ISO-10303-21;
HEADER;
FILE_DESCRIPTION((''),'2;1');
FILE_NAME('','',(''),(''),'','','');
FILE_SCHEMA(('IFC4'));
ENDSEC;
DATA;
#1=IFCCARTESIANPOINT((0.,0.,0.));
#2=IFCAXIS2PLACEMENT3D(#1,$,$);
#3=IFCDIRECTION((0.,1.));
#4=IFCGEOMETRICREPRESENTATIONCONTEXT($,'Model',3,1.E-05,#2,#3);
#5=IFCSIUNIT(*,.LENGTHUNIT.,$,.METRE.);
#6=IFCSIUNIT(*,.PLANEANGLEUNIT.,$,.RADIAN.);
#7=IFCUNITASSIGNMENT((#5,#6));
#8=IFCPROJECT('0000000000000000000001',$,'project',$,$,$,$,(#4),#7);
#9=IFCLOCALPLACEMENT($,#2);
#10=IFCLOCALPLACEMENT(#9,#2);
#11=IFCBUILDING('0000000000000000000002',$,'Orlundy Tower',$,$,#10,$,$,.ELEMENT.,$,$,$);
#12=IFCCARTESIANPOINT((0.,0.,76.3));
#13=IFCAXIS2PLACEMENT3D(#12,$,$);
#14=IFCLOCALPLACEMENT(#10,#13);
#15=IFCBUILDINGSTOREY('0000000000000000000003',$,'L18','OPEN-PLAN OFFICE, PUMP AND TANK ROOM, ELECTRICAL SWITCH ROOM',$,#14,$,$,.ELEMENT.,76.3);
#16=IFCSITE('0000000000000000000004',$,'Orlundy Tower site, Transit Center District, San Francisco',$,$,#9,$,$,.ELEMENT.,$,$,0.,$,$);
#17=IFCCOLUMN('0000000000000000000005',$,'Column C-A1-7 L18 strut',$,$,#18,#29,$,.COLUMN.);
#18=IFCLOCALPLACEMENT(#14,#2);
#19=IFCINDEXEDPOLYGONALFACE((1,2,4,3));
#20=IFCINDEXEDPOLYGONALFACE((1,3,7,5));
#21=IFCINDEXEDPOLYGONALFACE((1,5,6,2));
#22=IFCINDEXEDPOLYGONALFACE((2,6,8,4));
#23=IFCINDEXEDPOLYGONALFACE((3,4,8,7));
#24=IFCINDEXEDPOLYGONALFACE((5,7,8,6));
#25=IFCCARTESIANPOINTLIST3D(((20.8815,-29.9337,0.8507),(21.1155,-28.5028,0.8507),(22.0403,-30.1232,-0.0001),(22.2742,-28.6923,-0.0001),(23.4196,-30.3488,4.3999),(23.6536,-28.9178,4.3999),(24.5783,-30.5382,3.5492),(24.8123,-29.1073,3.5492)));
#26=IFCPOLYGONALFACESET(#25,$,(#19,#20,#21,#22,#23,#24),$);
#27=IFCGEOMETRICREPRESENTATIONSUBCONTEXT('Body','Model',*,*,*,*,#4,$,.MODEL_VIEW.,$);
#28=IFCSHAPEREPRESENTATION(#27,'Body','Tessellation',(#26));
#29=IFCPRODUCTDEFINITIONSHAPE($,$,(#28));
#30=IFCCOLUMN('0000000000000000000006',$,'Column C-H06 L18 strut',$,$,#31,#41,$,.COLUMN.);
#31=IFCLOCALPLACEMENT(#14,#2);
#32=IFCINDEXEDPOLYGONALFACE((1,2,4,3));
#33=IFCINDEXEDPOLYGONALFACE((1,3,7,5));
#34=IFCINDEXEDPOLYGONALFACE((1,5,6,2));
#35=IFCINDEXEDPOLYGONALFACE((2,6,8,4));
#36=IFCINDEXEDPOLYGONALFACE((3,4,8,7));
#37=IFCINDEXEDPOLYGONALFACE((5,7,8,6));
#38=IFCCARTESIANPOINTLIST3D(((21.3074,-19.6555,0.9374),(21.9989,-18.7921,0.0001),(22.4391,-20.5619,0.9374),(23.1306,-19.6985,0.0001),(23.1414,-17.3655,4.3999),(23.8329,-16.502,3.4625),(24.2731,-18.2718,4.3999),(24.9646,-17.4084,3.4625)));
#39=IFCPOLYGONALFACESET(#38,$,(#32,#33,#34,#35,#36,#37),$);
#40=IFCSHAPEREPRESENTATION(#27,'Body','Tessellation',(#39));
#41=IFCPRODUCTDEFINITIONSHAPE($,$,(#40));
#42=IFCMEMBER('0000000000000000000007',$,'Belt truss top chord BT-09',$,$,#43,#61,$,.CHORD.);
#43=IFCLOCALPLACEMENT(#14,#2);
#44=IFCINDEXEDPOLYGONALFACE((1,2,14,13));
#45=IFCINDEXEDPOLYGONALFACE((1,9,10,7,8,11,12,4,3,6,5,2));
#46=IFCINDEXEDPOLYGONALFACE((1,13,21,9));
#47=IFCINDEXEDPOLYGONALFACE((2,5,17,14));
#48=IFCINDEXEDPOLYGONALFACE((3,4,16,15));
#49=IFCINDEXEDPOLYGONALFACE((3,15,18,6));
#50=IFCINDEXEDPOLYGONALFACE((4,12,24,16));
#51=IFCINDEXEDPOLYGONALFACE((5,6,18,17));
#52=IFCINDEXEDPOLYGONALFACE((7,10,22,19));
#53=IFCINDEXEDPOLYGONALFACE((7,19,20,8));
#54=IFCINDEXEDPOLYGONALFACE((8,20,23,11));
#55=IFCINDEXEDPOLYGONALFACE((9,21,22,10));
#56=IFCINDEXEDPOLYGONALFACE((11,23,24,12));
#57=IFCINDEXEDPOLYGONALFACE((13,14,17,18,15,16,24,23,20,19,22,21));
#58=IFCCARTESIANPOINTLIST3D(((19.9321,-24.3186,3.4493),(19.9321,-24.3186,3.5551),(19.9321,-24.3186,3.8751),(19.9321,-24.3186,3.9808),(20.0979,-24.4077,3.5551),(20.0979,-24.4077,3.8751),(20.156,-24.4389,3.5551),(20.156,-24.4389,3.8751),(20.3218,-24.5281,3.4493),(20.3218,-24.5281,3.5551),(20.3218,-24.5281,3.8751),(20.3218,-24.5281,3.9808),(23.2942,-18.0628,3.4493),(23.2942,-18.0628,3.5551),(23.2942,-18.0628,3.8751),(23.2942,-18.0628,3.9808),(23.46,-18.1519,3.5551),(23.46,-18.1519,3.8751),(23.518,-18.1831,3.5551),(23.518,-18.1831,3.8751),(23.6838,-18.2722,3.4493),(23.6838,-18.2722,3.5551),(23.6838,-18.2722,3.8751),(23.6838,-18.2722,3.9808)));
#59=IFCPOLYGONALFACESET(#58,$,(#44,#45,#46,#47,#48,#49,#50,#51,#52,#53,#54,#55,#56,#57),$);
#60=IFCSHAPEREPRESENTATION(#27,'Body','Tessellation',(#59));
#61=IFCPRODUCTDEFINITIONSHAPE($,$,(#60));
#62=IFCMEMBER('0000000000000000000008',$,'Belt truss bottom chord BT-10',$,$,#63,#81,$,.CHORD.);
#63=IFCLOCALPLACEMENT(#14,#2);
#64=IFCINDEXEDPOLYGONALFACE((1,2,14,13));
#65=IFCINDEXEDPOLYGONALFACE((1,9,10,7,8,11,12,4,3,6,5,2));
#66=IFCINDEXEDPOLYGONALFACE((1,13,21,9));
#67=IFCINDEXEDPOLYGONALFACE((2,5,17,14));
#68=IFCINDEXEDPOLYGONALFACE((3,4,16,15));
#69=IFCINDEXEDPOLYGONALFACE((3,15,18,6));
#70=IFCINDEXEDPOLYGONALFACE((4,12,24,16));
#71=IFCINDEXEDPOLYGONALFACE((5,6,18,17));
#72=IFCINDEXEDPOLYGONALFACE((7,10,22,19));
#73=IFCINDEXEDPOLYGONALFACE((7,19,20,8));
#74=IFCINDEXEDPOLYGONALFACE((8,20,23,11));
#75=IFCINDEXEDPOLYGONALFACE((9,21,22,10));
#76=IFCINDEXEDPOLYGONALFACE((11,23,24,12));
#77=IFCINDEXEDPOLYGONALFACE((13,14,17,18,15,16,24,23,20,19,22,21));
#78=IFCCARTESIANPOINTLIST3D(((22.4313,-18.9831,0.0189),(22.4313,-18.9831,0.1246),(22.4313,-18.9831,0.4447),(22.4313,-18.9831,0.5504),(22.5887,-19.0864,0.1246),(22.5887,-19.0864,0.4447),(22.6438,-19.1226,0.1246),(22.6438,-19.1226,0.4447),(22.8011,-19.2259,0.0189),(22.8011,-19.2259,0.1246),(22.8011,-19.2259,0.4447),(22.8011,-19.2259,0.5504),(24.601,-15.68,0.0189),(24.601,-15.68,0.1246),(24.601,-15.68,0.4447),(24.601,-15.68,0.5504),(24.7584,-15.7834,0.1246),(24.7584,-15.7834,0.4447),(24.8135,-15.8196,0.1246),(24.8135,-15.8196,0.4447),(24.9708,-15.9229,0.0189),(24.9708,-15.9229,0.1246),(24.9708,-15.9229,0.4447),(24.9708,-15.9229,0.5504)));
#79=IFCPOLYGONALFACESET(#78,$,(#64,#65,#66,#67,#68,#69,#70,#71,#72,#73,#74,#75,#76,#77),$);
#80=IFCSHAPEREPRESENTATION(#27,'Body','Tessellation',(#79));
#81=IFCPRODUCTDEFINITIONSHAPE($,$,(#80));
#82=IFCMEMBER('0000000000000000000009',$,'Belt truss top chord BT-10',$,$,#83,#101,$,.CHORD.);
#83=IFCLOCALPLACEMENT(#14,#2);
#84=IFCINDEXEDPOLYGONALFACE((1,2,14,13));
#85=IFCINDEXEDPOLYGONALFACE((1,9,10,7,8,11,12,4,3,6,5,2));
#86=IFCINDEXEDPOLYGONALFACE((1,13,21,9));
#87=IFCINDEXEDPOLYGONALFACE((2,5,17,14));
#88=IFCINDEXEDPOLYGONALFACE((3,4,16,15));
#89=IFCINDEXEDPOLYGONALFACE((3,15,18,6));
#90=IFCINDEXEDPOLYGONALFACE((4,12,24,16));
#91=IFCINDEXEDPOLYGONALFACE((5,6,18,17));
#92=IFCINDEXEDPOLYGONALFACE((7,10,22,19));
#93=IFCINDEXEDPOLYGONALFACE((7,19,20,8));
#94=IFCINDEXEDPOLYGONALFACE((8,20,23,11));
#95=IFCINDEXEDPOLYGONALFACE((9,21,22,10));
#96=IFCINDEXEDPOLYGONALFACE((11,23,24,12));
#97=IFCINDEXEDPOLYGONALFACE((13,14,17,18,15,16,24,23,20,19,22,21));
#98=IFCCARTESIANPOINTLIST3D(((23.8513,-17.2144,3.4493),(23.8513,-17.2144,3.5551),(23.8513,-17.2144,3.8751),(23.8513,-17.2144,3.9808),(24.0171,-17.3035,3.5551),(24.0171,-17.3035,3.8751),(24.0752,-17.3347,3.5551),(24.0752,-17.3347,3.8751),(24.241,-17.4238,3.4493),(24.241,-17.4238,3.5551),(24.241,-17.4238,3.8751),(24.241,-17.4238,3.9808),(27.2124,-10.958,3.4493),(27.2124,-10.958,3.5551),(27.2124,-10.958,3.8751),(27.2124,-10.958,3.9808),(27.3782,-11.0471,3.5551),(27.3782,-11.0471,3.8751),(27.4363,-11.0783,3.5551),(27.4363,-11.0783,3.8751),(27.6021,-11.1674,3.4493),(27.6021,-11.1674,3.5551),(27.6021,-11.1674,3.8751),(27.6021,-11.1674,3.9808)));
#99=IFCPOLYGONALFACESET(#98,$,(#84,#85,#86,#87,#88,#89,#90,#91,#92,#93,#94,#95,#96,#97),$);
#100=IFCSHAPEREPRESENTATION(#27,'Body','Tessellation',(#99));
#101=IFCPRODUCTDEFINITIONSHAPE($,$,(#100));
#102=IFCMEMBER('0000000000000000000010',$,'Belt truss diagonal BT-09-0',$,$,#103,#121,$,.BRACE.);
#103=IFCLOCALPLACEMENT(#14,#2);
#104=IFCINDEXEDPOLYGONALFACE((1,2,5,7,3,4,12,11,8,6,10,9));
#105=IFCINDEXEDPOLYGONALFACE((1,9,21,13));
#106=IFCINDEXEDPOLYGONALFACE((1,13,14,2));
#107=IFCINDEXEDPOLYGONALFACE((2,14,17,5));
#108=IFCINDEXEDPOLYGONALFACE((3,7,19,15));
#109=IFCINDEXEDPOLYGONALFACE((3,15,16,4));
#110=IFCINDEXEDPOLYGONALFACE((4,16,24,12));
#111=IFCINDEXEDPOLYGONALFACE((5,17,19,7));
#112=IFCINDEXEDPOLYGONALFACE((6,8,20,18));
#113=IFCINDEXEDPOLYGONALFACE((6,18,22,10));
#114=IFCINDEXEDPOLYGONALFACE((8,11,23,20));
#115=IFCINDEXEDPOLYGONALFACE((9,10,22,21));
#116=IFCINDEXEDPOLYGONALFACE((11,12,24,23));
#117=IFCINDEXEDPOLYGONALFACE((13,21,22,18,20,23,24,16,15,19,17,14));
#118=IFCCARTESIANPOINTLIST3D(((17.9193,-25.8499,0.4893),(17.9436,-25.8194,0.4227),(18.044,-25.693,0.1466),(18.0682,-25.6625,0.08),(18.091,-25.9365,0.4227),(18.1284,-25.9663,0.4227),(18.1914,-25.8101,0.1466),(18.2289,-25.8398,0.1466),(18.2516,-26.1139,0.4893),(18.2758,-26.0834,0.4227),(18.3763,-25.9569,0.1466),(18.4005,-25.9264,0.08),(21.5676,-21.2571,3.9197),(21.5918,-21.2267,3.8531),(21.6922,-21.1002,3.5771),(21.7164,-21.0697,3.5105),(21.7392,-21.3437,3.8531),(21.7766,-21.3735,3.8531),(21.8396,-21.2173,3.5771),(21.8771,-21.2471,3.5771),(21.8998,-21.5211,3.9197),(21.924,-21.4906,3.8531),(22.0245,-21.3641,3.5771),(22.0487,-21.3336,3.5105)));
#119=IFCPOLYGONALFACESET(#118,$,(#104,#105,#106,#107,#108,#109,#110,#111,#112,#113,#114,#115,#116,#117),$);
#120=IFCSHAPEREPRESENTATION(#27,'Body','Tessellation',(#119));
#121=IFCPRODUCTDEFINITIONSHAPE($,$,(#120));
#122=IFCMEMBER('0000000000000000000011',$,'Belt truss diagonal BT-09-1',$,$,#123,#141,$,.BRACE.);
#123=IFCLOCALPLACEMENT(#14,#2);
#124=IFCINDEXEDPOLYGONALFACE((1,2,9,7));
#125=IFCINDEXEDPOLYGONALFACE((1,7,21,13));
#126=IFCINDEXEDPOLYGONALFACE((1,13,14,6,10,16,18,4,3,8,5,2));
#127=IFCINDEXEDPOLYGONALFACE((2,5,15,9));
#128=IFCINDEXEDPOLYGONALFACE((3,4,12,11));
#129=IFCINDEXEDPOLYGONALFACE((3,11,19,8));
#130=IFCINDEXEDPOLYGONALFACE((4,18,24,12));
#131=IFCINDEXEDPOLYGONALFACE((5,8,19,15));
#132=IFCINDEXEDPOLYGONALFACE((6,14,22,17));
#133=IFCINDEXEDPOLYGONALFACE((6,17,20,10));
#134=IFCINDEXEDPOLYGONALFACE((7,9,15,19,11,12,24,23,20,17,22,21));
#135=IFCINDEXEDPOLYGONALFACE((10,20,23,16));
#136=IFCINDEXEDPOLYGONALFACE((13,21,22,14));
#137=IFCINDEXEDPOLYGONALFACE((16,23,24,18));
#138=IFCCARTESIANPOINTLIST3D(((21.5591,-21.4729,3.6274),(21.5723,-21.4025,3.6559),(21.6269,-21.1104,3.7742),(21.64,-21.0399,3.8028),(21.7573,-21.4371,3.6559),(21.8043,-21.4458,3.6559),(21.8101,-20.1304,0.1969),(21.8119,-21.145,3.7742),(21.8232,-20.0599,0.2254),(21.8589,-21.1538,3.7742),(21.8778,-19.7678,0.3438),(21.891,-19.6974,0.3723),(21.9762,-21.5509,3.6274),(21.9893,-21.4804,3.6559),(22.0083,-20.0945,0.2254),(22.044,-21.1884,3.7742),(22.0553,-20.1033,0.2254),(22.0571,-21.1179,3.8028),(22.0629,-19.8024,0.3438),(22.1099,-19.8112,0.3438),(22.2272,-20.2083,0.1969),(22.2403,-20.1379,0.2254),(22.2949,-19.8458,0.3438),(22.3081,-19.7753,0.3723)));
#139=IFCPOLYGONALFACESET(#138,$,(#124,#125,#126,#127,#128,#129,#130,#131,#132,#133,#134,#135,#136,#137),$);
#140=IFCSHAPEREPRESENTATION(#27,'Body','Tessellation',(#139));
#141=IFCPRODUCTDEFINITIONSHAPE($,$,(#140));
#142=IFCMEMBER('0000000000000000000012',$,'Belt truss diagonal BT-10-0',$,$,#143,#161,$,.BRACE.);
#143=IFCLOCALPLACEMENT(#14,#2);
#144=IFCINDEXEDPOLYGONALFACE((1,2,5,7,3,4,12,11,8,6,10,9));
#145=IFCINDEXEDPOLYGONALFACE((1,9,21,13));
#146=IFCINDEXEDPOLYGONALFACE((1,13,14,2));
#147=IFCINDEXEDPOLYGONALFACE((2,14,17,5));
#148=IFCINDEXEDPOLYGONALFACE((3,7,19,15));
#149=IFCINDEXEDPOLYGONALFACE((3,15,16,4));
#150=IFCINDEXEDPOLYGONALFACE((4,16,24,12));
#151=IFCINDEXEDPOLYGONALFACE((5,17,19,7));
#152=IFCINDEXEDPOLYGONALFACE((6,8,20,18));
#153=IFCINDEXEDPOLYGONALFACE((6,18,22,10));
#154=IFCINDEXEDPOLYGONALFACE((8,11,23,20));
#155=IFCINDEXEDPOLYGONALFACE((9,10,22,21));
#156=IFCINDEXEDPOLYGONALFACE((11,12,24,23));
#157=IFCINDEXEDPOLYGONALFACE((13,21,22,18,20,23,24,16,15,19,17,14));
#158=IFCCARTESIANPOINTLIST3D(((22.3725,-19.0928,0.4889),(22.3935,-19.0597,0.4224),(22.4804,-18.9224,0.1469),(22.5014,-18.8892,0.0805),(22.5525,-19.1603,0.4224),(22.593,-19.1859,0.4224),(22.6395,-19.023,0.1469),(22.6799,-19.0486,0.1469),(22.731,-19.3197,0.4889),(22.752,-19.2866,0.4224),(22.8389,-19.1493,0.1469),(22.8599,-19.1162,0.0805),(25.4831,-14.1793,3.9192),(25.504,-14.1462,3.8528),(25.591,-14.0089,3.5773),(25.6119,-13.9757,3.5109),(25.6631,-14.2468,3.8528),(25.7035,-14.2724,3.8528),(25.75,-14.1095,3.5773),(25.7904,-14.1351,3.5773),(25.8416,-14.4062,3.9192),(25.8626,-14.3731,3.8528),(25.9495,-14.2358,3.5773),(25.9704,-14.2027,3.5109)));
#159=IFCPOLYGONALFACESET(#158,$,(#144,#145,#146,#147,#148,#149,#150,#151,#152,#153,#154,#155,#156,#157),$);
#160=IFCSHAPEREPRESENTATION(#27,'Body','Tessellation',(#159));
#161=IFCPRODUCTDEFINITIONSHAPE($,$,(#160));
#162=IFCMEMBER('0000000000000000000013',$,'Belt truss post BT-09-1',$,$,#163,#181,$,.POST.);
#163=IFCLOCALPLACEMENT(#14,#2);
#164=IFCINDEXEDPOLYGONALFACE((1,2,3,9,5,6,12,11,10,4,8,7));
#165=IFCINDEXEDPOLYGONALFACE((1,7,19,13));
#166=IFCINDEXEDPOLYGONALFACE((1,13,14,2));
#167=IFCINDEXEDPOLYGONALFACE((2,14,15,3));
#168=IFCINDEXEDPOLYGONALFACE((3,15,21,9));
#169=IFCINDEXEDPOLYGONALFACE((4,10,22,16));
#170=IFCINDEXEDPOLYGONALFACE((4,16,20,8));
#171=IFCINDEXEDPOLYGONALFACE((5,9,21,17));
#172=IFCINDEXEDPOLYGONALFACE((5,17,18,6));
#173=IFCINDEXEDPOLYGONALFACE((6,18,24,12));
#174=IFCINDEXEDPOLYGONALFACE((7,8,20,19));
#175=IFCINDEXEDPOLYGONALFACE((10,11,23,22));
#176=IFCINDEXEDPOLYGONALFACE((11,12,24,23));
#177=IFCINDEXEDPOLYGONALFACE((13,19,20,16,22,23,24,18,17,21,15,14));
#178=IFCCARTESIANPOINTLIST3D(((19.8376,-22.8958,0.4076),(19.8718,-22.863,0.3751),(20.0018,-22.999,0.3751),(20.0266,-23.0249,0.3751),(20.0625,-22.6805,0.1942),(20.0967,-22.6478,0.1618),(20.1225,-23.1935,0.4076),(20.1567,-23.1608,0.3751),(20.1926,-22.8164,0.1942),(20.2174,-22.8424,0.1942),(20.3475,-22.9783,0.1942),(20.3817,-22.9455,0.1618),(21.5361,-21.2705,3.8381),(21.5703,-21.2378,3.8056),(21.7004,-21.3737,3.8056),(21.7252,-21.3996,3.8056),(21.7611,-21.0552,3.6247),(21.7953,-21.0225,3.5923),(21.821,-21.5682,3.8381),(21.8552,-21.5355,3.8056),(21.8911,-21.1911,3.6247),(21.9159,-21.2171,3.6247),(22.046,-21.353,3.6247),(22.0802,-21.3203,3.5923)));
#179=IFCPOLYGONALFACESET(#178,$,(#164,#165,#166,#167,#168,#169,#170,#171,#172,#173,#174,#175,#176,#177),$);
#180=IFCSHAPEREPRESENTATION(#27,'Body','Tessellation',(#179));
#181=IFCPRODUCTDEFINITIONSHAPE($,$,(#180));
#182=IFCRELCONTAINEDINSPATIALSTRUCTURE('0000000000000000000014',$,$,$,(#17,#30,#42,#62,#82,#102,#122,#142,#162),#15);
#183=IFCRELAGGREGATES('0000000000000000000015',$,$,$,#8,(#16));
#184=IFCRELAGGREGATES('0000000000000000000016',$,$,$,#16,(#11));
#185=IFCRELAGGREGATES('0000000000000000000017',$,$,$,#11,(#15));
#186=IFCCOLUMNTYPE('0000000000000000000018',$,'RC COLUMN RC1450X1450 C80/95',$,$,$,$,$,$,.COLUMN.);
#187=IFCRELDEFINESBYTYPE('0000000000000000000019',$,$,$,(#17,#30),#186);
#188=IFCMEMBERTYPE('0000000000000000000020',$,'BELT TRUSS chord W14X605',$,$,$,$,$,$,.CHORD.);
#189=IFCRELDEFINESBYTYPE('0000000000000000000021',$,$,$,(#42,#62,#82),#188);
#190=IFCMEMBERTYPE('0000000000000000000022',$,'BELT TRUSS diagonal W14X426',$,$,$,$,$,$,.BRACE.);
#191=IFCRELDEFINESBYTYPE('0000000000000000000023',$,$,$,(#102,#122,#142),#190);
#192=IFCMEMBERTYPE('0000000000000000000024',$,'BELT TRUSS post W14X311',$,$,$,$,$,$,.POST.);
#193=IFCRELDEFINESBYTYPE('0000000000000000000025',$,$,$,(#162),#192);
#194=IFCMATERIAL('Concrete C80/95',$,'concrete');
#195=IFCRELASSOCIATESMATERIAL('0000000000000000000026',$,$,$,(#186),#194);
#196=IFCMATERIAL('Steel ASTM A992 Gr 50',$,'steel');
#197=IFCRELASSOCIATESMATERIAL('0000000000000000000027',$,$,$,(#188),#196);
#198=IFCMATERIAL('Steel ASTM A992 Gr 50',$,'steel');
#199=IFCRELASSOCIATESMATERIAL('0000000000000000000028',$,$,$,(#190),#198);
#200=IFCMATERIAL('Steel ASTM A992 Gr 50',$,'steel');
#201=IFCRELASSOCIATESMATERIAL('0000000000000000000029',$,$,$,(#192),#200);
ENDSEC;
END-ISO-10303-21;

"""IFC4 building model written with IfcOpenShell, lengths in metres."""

from ifc_helpers import new_model, si_unit, direction, frame, origin, origin_2d, place, context, subcontext, project, spatial, rectangle, i_section, extrude, material, material_profile, profile_set, type_object, element, save


model = new_model("IFC4")

# Units and contexts
model_context = context("Model", 3, precision=1e-05, world=origin(), true_north=direction((0.0, 1.0)))
body_context = subcontext(model_context, "Body", "Model", "MODEL_VIEW")
ifc_project = project(units=[si_unit("LENGTHUNIT", "METRE"), si_unit("PLANEANGLEUNIT", "RADIAN")], contexts=[model_context])

# Site, building, storey
site_placement = place(None, origin())
site = spatial("IfcSite", under=ifc_project, at=site_placement, Name="Orlundy Tower site, Transit Center District, San Francisco", CompositionType="ELEMENT", RefElevation=0.0)
building_placement = place(site_placement, origin())
building = spatial("IfcBuilding", under=site, at=building_placement, Name="Orlundy Tower", CompositionType="ELEMENT")
storey_placement = place(building_placement, frame((0.0, 0.0, 76.3)))
storey = spatial("IfcBuildingStorey", under=building, at=storey_placement, Name="L18", Description="OPEN-PLAN OFFICE, PUMP AND TANK ROOM, ELECTRICAL SWITCH ROOM", CompositionType="ELEMENT", Elevation=76.3)

# Columns
ifc_material_1 = material(Name="Concrete C80/95", Category="concrete")
ifc_material_profile_1 = material_profile(ifc_material_1, rectangle(XDim=1.45, YDim=1.45, at=origin_2d()), Name="RC1450X1450")
ifc_profile_set_1 = profile_set([ifc_material_profile_1], Name="Concrete C80/95")
column_type = type_object("IfcColumnType", Name="RC COLUMN RC1450X1450 C80/95", PredefinedType="COLUMN", material=ifc_profile_set_1)
column_1_placement = place(storey_placement, frame((21.5779, -29.313, 0.4253), z_axis=(0.579059, -0.09469, 0.809768), x_axis=(0.161381, 0.986892, 0.0)))
element("IfcColumn", 1, at=column_1_placement, inside=storey, type_object=column_type, Name="Column C-A1-7 L18 strut", PredefinedType="COLUMN", context=body_context, shape_type="SweptSolid", body=[
    extrude(rectangle(XDim=1.45, YDim=1.45, at=origin_2d()), origin(), (0.0, 0.0, 1.0), 4.3831),
])
column_2_placement = place(storey_placement, frame((22.219, -19.677, 0.4688), z_axis=(0.404114, 0.504605, 0.762932), x_axis=(-0.780544, 0.625101, 0.0)))
element("IfcColumn", 2, at=column_2_placement, inside=storey, type_object=column_type, Name="Column C-H06 L18 strut", PredefinedType="COLUMN", context=body_context, shape_type="SweptSolid", body=[
    extrude(rectangle(XDim=1.45, YDim=1.45, at=origin_2d()), origin(), (0.0, 0.0, 1.0), 4.5383),
])

# Members
ifc_material_2 = material(Name="Steel ASTM A992 Gr 50", Category="steel")
ifc_material_profile_2 = material_profile(ifc_material_2, i_section(OverallWidth=0.4424, OverallDepth=0.5315, WebThickness=0.0659, FlangeThickness=0.1057, at=origin_2d()), Name="W14X605")
ifc_profile_set_2 = profile_set([ifc_material_profile_2], Name="Steel ASTM A992 Gr 50")
member_type_1 = type_object("IfcMemberType", Name="BELT TRUSS chord W14X605", PredefinedType="CHORD", material=ifc_profile_set_2)
member_1_placement = place(storey_placement, frame((20.127, -24.4233, 3.7151), z_axis=(0.473392, 0.880852, 0.0), x_axis=(-0.880852, 0.473392, 0.0)))
element("IfcMember", 3, at=member_1_placement, inside=storey, type_object=member_type_1, Name="Belt truss top chord BT-09", PredefinedType="CHORD", context=body_context, shape_type="SweptSolid", body=[
    extrude(i_section(OverallWidth=0.4424, OverallDepth=0.5315, WebThickness=0.0659, FlangeThickness=0.1057, at=origin_2d()), origin(), (0.0, 0.0, 1.0), 7.1021),
])
member_2_placement = place(storey_placement, frame((22.6162, -19.1045, 0.2847), z_axis=(0.549027, 0.835804, 0.0), x_axis=(-0.835804, 0.549027, 0.0)))
element("IfcMember", 4, at=member_2_placement, inside=storey, type_object=member_type_1, Name="Belt truss bottom chord BT-10", PredefinedType="CHORD", context=body_context, shape_type="SweptSolid", body=[
    extrude(i_section(OverallWidth=0.4424, OverallDepth=0.5315, WebThickness=0.0659, FlangeThickness=0.1057, at=origin_2d()), origin(), (0.0, 0.0, 1.0), 3.9519),
])
member_3_placement = place(storey_placement, frame((24.0461, -17.3191, 3.7151), z_axis=(0.473257, 0.880924, 0.0), x_axis=(-0.880924, 0.473257, 0.0)))
element("IfcMember", 5, at=member_3_placement, inside=storey, type_object=member_type_1, Name="Belt truss top chord BT-10", PredefinedType="CHORD", context=body_context, shape_type="SweptSolid", body=[
    extrude(i_section(OverallWidth=0.4424, OverallDepth=0.5315, WebThickness=0.0659, FlangeThickness=0.1057, at=origin_2d()), origin(), (0.0, 0.0, 1.0), 7.1021),
])
ifc_material_3 = material(Name="Steel ASTM A992 Gr 50", Category="steel")
ifc_material_profile_3 = material_profile(ifc_material_3, i_section(OverallWidth=0.4243, OverallDepth=0.4741, WebThickness=0.0479, FlangeThickness=0.0771, at=origin_2d()), Name="W14X426")
ifc_profile_set_3 = profile_set([ifc_material_profile_3], Name="Steel ASTM A992 Gr 50")
member_type_2 = type_object("IfcMemberType", Name="BELT TRUSS diagonal W14X426", PredefinedType="BRACE", material=ifc_profile_set_3)
member_4_placement = place(storey_placement, frame((18.1599, -25.8882, 0.2847), z_axis=(0.536902, 0.675915, 0.504852), x_axis=(-0.783029, 0.621986, 0.0)))
element("IfcMember", 6, at=member_4_placement, inside=storey, type_object=member_type_2, Name="Belt truss diagonal BT-09-0", PredefinedType="BRACE", context=body_context, shape_type="SweptSolid", body=[
    extrude(i_section(OverallWidth=0.4243, OverallDepth=0.4741, WebThickness=0.0479, FlangeThickness=0.0771, at=origin_2d()), origin(), (0.0, 0.0, 1.0), 6.7949),
])
member_5_placement = place(storey_placement, frame((21.8081, -21.2954, 3.7151), z_axis=(0.067973, 0.363601, -0.929071), x_axis=(-0.982971, 0.18376, 0.0)))
element("IfcMember", 7, at=member_5_placement, inside=storey, type_object=member_type_2, Name="Belt truss diagonal BT-09-1", PredefinedType="BRACE", context=body_context, shape_type="SweptSolid", body=[
    extrude(i_section(OverallWidth=0.4243, OverallDepth=0.4741, WebThickness=0.0479, FlangeThickness=0.0771, at=origin_2d()), origin(), (0.0, 0.0, 1.0), 3.6924),
])
member_6_placement = place(storey_placement, frame((22.6162, -19.1045, 0.2847), z_axis=(0.460706, 0.727743, 0.508075), x_axis=(-0.844923, 0.534888, 0.0)))
element("IfcMember", 8, at=member_6_placement, inside=storey, type_object=member_type_2, Name="Belt truss diagonal BT-10-0", PredefinedType="BRACE", context=body_context, shape_type="SweptSolid", body=[
    extrude(i_section(OverallWidth=0.4243, OverallDepth=0.4741, WebThickness=0.0479, FlangeThickness=0.0771, at=origin_2d()), origin(), (0.0, 0.0, 1.0), 6.7517),
])
ifc_material_4 = material(Name="Steel ASTM A992 Gr 50", Category="steel")
ifc_material_profile_4 = material_profile(ifc_material_4, i_section(OverallWidth=0.4121, OverallDepth=0.4348, WebThickness=0.0359, FlangeThickness=0.0574, at=origin_2d()), Name="W14X311")
ifc_profile_set_4 = profile_set([ifc_material_profile_4], Name="Steel ASTM A992 Gr 50")
member_type_3 = type_object("IfcMemberType", Name="BELT TRUSS post W14X311", PredefinedType="POST", material=ifc_profile_set_4)
member_7_placement = place(storey_placement, frame((20.1096, -22.9207, 0.2847), z_axis=(0.408426, 0.390814, 0.824895), x_axis=(-0.691357, 0.722513, 0.0)))
element("IfcMember", 9, at=member_7_placement, inside=storey, type_object=member_type_3, Name="Belt truss post BT-09-1", PredefinedType="POST", context=body_context, shape_type="SweptSolid", body=[
    extrude(i_section(OverallWidth=0.4121, OverallDepth=0.4348, WebThickness=0.0359, FlangeThickness=0.0574, at=origin_2d()), origin(), (0.0, 0.0, 1.0), 4.1587),
])

save(model, "model.ifc")
